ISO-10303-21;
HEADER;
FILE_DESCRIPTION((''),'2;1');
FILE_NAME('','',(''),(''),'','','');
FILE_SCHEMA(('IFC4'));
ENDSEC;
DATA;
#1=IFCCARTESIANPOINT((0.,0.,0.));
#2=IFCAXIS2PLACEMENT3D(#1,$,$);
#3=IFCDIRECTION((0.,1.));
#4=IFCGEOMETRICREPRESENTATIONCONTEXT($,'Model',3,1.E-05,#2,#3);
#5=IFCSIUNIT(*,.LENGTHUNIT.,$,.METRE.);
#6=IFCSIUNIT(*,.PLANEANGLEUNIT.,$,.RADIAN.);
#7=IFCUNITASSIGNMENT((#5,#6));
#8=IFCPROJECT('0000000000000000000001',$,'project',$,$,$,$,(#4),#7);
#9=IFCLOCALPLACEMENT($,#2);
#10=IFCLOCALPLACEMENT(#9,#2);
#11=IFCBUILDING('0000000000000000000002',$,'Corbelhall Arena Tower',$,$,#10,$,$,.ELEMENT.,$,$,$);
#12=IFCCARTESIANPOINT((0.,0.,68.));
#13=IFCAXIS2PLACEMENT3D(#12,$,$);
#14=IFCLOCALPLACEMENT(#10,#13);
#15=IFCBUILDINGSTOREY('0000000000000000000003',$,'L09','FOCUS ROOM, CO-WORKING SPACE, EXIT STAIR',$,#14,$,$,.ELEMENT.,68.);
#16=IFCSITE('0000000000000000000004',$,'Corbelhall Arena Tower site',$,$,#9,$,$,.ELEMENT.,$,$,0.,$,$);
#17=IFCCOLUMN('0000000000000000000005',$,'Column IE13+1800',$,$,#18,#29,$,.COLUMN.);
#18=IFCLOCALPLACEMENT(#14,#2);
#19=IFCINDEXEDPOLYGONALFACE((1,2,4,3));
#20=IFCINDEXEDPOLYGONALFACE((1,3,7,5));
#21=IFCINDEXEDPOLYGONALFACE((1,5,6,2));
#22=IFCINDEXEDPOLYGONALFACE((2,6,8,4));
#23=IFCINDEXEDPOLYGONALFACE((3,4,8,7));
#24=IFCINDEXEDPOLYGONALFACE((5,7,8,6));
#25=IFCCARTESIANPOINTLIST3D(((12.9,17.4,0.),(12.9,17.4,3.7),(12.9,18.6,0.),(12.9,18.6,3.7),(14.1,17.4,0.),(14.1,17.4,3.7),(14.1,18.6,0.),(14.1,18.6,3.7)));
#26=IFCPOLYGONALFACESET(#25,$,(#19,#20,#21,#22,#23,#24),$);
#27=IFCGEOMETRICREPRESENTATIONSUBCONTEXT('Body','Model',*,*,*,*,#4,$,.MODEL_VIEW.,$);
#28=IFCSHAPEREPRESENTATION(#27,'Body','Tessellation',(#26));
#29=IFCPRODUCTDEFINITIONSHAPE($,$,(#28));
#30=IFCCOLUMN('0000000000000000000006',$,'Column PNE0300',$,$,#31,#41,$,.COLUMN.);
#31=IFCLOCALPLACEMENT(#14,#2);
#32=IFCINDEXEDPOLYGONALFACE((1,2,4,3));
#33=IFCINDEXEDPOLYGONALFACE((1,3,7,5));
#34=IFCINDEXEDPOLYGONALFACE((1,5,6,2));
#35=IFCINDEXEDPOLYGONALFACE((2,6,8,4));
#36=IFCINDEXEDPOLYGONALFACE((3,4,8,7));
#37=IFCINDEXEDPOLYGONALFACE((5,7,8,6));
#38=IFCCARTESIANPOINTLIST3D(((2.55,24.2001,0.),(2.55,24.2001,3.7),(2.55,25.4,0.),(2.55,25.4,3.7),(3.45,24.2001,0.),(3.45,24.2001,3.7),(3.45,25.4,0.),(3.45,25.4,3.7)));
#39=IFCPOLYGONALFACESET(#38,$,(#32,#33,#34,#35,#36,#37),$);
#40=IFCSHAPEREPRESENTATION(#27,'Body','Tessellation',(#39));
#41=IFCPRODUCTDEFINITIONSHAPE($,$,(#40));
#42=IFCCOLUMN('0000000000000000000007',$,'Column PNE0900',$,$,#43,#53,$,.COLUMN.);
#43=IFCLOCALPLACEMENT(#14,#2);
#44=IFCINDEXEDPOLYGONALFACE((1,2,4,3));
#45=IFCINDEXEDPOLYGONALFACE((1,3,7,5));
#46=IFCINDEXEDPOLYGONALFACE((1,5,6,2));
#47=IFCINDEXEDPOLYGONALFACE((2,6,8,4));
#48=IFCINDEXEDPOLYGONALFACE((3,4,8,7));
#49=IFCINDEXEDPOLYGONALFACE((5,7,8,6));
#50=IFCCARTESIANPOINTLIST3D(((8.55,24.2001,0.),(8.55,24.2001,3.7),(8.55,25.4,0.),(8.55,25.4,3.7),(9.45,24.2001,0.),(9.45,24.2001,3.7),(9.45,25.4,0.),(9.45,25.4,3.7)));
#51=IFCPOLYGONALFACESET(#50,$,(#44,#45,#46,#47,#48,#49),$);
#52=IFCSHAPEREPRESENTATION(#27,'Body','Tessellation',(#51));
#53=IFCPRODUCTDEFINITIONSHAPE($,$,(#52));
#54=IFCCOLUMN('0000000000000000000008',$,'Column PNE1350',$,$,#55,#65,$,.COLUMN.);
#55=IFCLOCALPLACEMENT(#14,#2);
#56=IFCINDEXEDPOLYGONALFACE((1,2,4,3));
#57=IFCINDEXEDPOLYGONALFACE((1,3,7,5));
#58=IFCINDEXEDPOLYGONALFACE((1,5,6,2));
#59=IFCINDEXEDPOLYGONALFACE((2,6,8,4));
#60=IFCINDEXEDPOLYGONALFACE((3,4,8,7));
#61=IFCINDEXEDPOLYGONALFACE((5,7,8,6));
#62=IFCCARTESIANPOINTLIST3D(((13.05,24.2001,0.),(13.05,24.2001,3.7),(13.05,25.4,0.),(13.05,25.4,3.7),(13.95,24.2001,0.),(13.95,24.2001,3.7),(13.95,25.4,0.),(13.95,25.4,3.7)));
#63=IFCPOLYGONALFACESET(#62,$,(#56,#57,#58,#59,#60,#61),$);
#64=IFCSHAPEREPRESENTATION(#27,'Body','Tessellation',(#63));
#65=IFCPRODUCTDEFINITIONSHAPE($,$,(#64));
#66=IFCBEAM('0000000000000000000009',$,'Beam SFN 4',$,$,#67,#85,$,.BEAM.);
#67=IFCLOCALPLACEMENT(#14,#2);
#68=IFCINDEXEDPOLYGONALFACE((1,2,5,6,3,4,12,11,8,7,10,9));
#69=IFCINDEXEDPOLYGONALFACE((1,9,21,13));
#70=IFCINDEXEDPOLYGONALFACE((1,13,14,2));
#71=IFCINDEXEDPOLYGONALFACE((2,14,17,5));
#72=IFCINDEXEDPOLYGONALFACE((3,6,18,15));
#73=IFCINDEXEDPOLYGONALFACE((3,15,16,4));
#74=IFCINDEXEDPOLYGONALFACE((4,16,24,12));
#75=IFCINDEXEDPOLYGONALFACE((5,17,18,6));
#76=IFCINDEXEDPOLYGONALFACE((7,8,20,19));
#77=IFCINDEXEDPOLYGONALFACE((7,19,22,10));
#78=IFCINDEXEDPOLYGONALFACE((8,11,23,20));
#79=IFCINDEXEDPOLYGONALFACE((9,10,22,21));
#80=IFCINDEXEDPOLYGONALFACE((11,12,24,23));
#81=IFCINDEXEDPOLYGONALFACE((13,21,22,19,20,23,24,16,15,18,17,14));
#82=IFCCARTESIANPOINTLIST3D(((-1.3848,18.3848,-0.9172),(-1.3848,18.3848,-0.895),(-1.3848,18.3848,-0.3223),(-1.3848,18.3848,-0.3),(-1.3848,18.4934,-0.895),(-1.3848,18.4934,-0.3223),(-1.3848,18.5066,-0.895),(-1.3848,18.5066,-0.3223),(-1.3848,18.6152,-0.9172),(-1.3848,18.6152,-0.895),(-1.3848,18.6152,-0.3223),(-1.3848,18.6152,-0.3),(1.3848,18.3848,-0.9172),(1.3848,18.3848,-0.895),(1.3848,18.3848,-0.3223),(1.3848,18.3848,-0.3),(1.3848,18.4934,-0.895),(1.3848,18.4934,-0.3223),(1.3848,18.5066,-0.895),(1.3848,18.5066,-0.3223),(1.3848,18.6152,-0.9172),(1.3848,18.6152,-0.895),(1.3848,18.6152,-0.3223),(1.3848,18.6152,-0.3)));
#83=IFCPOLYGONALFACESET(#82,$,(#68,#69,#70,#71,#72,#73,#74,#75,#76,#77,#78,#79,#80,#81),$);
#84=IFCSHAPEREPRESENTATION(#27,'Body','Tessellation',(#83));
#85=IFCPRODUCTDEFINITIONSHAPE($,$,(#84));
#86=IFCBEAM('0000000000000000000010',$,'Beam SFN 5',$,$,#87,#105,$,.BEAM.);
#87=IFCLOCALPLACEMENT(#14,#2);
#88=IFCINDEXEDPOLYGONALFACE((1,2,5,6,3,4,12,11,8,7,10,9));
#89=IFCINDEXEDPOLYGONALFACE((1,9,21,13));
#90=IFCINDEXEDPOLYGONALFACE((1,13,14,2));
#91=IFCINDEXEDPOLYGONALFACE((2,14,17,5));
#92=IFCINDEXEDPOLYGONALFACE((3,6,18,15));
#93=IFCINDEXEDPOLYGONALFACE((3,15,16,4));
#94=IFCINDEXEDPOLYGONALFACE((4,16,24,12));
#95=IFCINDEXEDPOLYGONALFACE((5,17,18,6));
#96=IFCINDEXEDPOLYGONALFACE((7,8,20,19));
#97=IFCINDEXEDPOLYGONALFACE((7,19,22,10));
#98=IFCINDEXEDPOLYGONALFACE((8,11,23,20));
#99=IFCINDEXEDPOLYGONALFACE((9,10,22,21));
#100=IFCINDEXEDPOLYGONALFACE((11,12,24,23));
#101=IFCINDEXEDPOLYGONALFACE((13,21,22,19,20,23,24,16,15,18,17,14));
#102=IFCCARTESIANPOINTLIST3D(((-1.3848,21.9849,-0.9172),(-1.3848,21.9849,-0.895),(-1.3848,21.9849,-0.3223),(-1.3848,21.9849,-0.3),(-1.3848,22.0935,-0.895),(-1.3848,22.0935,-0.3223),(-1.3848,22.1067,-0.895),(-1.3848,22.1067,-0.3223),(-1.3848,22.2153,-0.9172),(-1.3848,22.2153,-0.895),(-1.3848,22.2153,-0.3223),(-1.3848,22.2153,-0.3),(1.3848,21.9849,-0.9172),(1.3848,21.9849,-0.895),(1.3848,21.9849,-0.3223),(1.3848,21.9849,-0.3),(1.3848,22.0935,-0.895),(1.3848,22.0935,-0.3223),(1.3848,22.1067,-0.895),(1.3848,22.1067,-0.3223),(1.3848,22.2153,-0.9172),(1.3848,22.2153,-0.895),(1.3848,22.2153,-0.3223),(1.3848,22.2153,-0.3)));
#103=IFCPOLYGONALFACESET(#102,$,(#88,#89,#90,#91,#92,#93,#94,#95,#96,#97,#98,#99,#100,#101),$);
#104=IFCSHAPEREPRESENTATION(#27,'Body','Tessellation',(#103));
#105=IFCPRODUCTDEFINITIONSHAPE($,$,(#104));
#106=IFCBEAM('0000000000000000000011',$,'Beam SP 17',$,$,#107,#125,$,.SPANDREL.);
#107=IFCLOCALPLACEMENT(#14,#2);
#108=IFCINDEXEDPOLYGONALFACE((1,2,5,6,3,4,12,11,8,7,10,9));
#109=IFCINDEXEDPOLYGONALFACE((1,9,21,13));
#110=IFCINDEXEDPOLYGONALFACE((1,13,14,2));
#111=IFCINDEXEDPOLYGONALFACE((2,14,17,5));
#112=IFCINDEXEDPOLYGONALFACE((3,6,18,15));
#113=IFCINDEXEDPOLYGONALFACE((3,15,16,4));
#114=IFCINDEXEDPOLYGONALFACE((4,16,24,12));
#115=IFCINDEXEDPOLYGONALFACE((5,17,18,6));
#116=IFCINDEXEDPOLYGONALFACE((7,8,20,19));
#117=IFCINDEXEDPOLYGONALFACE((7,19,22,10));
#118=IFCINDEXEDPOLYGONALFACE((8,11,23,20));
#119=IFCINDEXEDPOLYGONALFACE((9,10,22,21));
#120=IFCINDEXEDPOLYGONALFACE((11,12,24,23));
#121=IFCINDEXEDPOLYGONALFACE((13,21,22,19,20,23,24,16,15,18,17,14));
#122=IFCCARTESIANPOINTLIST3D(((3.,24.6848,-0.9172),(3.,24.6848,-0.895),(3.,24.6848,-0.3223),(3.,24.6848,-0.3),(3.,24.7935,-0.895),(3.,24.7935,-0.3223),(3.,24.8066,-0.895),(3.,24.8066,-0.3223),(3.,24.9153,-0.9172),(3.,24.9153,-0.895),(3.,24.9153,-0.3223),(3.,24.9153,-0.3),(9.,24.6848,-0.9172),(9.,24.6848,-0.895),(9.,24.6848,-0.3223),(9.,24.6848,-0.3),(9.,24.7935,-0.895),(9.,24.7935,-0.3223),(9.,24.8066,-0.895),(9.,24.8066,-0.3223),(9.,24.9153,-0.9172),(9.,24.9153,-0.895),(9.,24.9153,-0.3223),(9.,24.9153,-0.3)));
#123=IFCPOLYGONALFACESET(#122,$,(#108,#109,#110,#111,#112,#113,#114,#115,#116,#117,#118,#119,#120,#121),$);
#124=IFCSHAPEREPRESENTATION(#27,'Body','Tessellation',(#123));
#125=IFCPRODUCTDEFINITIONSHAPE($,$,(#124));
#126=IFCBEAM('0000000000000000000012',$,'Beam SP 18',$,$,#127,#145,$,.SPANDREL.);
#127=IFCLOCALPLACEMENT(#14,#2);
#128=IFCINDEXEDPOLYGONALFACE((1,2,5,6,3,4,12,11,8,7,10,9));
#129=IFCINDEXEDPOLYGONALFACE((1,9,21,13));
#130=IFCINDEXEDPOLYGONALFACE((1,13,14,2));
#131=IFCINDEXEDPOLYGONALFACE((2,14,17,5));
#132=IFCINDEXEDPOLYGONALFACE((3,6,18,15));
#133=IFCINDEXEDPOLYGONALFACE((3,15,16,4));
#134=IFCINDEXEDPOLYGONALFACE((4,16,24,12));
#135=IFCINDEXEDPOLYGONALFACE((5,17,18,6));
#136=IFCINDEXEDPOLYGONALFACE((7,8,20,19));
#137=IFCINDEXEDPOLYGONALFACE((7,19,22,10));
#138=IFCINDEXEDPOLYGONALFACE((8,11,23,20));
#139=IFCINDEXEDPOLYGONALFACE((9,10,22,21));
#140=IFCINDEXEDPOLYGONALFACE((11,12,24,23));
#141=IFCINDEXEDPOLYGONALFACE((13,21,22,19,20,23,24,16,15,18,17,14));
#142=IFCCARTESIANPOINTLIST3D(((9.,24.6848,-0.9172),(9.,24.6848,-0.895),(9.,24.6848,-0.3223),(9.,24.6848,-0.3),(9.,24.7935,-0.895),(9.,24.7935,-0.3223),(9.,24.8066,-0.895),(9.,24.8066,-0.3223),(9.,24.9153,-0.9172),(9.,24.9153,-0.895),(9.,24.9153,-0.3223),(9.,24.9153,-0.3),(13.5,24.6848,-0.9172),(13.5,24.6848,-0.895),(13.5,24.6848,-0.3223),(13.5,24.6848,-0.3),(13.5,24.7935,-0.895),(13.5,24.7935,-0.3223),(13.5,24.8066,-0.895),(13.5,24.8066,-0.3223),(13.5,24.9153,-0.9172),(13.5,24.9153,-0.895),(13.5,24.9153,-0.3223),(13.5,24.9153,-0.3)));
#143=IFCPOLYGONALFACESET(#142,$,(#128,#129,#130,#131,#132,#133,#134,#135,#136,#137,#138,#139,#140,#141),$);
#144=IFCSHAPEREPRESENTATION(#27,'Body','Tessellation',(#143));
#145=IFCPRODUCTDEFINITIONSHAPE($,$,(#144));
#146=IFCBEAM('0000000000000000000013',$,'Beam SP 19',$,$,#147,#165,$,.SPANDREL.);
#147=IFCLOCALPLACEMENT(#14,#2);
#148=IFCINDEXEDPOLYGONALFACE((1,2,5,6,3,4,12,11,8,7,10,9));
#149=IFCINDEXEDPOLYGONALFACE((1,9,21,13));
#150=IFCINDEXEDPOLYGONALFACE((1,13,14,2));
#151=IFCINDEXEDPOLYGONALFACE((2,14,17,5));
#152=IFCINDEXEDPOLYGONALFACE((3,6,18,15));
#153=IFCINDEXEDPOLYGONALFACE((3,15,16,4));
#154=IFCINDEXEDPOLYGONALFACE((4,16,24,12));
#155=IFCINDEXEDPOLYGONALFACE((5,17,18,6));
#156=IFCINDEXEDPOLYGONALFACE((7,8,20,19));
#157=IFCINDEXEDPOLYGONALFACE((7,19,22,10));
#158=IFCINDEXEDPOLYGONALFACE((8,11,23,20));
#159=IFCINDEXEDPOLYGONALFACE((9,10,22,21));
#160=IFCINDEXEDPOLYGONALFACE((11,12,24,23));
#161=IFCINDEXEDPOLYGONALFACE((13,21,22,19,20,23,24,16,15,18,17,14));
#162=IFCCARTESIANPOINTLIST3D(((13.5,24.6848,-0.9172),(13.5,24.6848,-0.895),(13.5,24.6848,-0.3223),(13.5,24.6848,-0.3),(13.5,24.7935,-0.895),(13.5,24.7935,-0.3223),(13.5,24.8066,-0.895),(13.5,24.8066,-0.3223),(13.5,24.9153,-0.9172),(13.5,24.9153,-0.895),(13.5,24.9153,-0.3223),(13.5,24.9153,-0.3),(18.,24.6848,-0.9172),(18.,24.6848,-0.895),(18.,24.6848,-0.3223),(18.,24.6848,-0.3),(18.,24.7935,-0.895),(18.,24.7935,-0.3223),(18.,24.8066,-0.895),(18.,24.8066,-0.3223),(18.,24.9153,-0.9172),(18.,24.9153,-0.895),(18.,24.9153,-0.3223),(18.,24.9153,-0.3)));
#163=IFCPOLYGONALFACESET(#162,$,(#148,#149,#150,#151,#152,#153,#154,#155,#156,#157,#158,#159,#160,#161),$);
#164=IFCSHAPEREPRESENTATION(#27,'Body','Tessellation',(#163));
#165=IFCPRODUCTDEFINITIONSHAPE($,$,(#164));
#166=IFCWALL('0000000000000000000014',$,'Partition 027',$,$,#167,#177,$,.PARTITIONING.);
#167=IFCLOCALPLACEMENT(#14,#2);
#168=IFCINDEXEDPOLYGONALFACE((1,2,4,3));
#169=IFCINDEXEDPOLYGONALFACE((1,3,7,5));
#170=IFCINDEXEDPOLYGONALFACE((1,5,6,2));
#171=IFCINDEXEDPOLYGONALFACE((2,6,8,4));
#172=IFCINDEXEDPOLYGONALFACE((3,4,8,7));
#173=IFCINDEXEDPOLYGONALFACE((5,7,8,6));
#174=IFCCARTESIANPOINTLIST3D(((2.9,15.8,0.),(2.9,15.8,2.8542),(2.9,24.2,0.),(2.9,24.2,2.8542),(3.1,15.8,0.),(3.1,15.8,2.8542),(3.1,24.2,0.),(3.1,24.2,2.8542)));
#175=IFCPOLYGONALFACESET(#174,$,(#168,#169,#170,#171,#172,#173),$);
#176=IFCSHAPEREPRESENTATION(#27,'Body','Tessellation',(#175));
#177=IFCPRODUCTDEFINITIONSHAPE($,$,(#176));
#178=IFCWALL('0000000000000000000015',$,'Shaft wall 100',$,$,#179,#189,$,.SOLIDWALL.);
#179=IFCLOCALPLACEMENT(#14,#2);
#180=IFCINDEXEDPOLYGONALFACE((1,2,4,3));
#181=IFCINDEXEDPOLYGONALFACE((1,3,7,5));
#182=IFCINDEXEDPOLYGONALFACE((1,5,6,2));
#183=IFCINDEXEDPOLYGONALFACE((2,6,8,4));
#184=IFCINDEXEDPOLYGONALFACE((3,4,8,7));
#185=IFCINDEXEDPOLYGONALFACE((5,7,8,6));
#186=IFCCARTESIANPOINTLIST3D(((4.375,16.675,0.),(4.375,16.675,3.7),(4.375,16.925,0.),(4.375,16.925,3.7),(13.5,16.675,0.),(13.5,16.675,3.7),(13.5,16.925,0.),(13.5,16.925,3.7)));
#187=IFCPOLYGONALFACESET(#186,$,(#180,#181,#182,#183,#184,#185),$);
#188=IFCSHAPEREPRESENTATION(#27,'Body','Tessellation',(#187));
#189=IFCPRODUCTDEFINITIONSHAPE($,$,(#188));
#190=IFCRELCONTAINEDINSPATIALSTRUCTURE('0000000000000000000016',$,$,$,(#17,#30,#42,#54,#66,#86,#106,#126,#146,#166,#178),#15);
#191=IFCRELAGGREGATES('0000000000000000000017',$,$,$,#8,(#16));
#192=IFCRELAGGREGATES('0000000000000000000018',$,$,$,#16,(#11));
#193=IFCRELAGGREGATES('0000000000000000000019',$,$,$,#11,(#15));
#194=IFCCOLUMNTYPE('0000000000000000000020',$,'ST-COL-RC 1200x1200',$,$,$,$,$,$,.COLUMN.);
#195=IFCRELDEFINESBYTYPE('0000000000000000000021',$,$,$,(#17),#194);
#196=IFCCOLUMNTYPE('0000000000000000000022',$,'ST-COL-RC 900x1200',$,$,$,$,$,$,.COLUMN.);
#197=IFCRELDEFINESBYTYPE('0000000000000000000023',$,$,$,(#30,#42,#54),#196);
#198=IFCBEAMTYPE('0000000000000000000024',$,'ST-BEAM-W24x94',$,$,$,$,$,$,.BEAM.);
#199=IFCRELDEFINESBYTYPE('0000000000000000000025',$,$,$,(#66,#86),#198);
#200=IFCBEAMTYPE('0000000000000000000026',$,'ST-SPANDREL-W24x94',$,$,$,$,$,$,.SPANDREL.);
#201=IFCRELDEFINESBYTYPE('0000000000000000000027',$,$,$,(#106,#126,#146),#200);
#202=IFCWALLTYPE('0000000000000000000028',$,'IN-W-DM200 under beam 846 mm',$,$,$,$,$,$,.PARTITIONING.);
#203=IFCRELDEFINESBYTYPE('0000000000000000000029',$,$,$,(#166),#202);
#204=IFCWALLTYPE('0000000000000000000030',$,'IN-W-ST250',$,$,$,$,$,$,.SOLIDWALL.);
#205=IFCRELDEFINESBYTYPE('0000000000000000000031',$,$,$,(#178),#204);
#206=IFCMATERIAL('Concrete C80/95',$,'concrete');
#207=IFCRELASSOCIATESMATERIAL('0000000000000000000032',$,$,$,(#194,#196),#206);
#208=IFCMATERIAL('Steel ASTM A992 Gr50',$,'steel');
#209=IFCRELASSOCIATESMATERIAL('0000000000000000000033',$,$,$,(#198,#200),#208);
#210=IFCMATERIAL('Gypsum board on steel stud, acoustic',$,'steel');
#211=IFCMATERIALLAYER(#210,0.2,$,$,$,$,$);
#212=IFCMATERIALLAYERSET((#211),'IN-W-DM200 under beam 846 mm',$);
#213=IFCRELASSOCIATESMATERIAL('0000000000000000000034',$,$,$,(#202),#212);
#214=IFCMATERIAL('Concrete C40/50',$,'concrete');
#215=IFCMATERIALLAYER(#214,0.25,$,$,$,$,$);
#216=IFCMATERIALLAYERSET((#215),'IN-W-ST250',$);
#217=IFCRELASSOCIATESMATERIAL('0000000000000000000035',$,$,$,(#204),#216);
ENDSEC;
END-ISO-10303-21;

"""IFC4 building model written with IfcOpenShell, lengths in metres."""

from ifc_helpers import new_model, si_unit, direction, frame, frame_2d, origin, origin_2d, place, context, subcontext, project, spatial, rectangle, i_section, extrude, material, layer, layer_set, material_profile, profile_set, type_object, element, save


model = new_model("IFC4")

# Units and contexts
model_context = context("Model", 3, precision=1e-05, world=origin(), true_north=direction((0.0, 1.0)))
body_context = subcontext(model_context, "Body", "Model", "MODEL_VIEW")
ifc_project = project(units=[si_unit("LENGTHUNIT", "METRE"), si_unit("PLANEANGLEUNIT", "RADIAN")], contexts=[model_context])

# Site, building, storey
site_placement = place(None, origin())
site = spatial("IfcSite", under=ifc_project, at=site_placement, Name="Corbelhall Arena Tower site", CompositionType="ELEMENT", RefElevation=0.0)
building_placement = place(site_placement, origin())
building = spatial("IfcBuilding", under=site, at=building_placement, Name="Corbelhall Arena Tower", CompositionType="ELEMENT")
storey_placement = place(building_placement, frame((0.0, 0.0, 68.0)))
storey = spatial("IfcBuildingStorey", under=building, at=storey_placement, Name="L09", Description="FOCUS ROOM, CO-WORKING SPACE, EXIT STAIR", CompositionType="ELEMENT", Elevation=68.0)

# Columns
ifc_material_1 = material(Name="Concrete C80/95", Category="concrete")
ifc_material_profile_1 = material_profile(ifc_material_1, rectangle(XDim=1.2, YDim=1.2, at=origin_2d()))
ifc_profile_set_1 = profile_set([ifc_material_profile_1], Name="Concrete C80/95")
column_type_1 = type_object("IfcColumnType", Name="ST-COL-RC 1200x1200", PredefinedType="COLUMN", material=ifc_profile_set_1)
column_placement = place(storey_placement, frame((13.5, 18.0, 0.0), z_axis=(0.0, 0.0, 1.0), x_axis=(1.0, 0.0, 0.0)))
element("IfcColumn", 1, at=column_placement, inside=storey, type_object=column_type_1, Name="Column IE13+1800", PredefinedType="COLUMN", context=body_context, shape_type="SweptSolid", body=[
    extrude(rectangle(XDim=1.2, YDim=1.2, at=origin_2d()), origin(), (0.0, 0.0, 1.0), 3.7),
])
ifc_material_profile_2 = material_profile(ifc_material_1, rectangle(XDim=0.8999, YDim=1.2, at=origin_2d()))
ifc_profile_set_2 = profile_set([ifc_material_profile_2], Name="Concrete C80/95")
column_type_2 = type_object("IfcColumnType", Name="ST-COL-RC 900x1200", PredefinedType="COLUMN", material=ifc_profile_set_2)
for number, where, z_axis, x_axis, name in (
    (2, (3.0, 24.8, 0.0), (0.0, 0.0, 1.0), (1.0, 0.0, 0.0), "Column PNE0300"),
    (3, (9.0, 24.8, 0.0), (0.0, 0.0, 1.0), (1.0, 0.0, 0.0), "Column PNE0900"),
    (4, (13.5, 24.8, 0.0), (0.0, 0.0, 1.0), (1.0, 0.0, 0.0), "Column PNE1350"),
):
    element("IfcColumn", number, at=place(storey_placement, frame(where, z_axis=z_axis, x_axis=x_axis)), inside=storey, type_object=column_type_2, Name=name, PredefinedType="COLUMN", context=body_context, shape_type="SweptSolid", body=[
        extrude(rectangle(XDim=0.8999, YDim=1.2, at=origin_2d()), origin(), (0.0, 0.0, 1.0), 3.7),
    ])

# Beams
ifc_material_2 = material(Name="Steel ASTM A992 Gr50", Category="steel")
ifc_material_profile_3 = material_profile(ifc_material_2, i_section(OverallWidth=0.2305, OverallDepth=0.6172, WebThickness=0.0132, FlangeThickness=0.0222, at=origin_2d()))
ifc_profile_set_3 = profile_set([ifc_material_profile_3], Name="Steel ASTM A992 Gr50")
beam_type_1 = type_object("IfcBeamType", Name="ST-BEAM-W24x94", PredefinedType="BEAM", material=ifc_profile_set_3)
for number, where, z_axis, x_axis, name in (
    (5, (-1.3848, 18.5, -0.6086), (1.0, 0.0, 0.0), (0.0, 1.0, 0.0), "Beam SFN 4"),
    (6, (-1.3848, 22.1001, -0.6086), (1.0, 0.0, 0.0), (0.0, 1.0, 0.0), "Beam SFN 5"),
):
    element("IfcBeam", number, at=place(storey_placement, frame(where, z_axis=z_axis, x_axis=x_axis)), inside=storey, type_object=beam_type_1, Name=name, PredefinedType="BEAM", context=body_context, shape_type="SweptSolid", body=[
        extrude(i_section(OverallWidth=0.2305, OverallDepth=0.6172, WebThickness=0.0132, FlangeThickness=0.0222, at=origin_2d()), origin(), (0.0, 0.0, 1.0), 2.7695),
    ])
ifc_material_profile_4 = material_profile(ifc_material_2, i_section(OverallWidth=0.2305, OverallDepth=0.6172, WebThickness=0.0132, FlangeThickness=0.0222, at=origin_2d()))
ifc_profile_set_4 = profile_set([ifc_material_profile_4], Name="Steel ASTM A992 Gr50")
beam_type_2 = type_object("IfcBeamType", Name="ST-SPANDREL-W24x94", PredefinedType="SPANDREL", material=ifc_profile_set_4)
beam_placement = place(storey_placement, frame((3.0, 24.8, -0.6086), z_axis=(1.0, 0.0, 0.0), x_axis=(0.0, 1.0, 0.0)))
element("IfcBeam", 7, at=beam_placement, inside=storey, type_object=beam_type_2, Name="Beam SP 17", PredefinedType="SPANDREL", context=body_context, shape_type="SweptSolid", body=[
    extrude(i_section(OverallWidth=0.2305, OverallDepth=0.6172, WebThickness=0.0132, FlangeThickness=0.0222, at=origin_2d()), origin(), (0.0, 0.0, 1.0), 6.0),
])
for number, where, z_axis, x_axis, name in (
    (8, (9.0, 24.8, -0.6086), (1.0, 0.0, 0.0), (0.0, 1.0, 0.0), "Beam SP 18"),
    (9, (13.5, 24.8, -0.6086), (1.0, 0.0, 0.0), (0.0, 1.0, 0.0), "Beam SP 19"),
):
    element("IfcBeam", number, at=place(storey_placement, frame(where, z_axis=z_axis, x_axis=x_axis)), inside=storey, type_object=beam_type_2, Name=name, PredefinedType="SPANDREL", context=body_context, shape_type="SweptSolid", body=[
        extrude(i_section(OverallWidth=0.2305, OverallDepth=0.6172, WebThickness=0.0132, FlangeThickness=0.0222, at=origin_2d()), origin(), (0.0, 0.0, 1.0), 4.5),
    ])

# Walls
ifc_material_3 = material(Name="Gypsum board on steel stud, acoustic", Category="steel")
ifc_layer_1 = layer(ifc_material_3, 0.2)
ifc_layer_set_1 = layer_set([ifc_layer_1], Name="IN-W-DM200 under beam 846 mm")
wall_type_1 = type_object("IfcWallType", Name="IN-W-DM200 under beam 846 mm", PredefinedType="PARTITIONING", material=ifc_layer_set_1)
wall_1_placement = place(storey_placement, frame((3.0, 24.2, 0.0), z_axis=(0.0, 0.0, 1.0), x_axis=(0.0, -1.0, 0.0)))
element("IfcWall", 10, at=wall_1_placement, inside=storey, type_object=wall_type_1, Name="Partition 027", PredefinedType="PARTITIONING", context=body_context, shape_type="SweptSolid", body=[
    extrude(rectangle(XDim=8.3999, YDim=0.2, at=frame_2d((4.2, 0.0))), origin(), (0.0, 0.0, 1.0), 2.8542),
])
ifc_material_4 = material(Name="Concrete C40/50", Category="concrete")
ifc_layer_2 = layer(ifc_material_4, 0.25)
ifc_layer_set_2 = layer_set([ifc_layer_2], Name="IN-W-ST250")
wall_type_2 = type_object("IfcWallType", Name="IN-W-ST250", PredefinedType="SOLIDWALL", material=ifc_layer_set_2)
wall_2_placement = place(storey_placement, frame((4.375, 16.8, 0.0), z_axis=(0.0, 0.0, 1.0), x_axis=(1.0, 0.0, 0.0)))
element("IfcWall", 11, at=wall_2_placement, inside=storey, type_object=wall_type_2, Name="Shaft wall 100", PredefinedType="SOLIDWALL", context=body_context, shape_type="SweptSolid", body=[
    extrude(rectangle(XDim=9.125, YDim=0.25, at=frame_2d((4.5625, 0.0))), origin(), (0.0, 0.0, 1.0), 3.7),
])

save(model, "model.ifc")
